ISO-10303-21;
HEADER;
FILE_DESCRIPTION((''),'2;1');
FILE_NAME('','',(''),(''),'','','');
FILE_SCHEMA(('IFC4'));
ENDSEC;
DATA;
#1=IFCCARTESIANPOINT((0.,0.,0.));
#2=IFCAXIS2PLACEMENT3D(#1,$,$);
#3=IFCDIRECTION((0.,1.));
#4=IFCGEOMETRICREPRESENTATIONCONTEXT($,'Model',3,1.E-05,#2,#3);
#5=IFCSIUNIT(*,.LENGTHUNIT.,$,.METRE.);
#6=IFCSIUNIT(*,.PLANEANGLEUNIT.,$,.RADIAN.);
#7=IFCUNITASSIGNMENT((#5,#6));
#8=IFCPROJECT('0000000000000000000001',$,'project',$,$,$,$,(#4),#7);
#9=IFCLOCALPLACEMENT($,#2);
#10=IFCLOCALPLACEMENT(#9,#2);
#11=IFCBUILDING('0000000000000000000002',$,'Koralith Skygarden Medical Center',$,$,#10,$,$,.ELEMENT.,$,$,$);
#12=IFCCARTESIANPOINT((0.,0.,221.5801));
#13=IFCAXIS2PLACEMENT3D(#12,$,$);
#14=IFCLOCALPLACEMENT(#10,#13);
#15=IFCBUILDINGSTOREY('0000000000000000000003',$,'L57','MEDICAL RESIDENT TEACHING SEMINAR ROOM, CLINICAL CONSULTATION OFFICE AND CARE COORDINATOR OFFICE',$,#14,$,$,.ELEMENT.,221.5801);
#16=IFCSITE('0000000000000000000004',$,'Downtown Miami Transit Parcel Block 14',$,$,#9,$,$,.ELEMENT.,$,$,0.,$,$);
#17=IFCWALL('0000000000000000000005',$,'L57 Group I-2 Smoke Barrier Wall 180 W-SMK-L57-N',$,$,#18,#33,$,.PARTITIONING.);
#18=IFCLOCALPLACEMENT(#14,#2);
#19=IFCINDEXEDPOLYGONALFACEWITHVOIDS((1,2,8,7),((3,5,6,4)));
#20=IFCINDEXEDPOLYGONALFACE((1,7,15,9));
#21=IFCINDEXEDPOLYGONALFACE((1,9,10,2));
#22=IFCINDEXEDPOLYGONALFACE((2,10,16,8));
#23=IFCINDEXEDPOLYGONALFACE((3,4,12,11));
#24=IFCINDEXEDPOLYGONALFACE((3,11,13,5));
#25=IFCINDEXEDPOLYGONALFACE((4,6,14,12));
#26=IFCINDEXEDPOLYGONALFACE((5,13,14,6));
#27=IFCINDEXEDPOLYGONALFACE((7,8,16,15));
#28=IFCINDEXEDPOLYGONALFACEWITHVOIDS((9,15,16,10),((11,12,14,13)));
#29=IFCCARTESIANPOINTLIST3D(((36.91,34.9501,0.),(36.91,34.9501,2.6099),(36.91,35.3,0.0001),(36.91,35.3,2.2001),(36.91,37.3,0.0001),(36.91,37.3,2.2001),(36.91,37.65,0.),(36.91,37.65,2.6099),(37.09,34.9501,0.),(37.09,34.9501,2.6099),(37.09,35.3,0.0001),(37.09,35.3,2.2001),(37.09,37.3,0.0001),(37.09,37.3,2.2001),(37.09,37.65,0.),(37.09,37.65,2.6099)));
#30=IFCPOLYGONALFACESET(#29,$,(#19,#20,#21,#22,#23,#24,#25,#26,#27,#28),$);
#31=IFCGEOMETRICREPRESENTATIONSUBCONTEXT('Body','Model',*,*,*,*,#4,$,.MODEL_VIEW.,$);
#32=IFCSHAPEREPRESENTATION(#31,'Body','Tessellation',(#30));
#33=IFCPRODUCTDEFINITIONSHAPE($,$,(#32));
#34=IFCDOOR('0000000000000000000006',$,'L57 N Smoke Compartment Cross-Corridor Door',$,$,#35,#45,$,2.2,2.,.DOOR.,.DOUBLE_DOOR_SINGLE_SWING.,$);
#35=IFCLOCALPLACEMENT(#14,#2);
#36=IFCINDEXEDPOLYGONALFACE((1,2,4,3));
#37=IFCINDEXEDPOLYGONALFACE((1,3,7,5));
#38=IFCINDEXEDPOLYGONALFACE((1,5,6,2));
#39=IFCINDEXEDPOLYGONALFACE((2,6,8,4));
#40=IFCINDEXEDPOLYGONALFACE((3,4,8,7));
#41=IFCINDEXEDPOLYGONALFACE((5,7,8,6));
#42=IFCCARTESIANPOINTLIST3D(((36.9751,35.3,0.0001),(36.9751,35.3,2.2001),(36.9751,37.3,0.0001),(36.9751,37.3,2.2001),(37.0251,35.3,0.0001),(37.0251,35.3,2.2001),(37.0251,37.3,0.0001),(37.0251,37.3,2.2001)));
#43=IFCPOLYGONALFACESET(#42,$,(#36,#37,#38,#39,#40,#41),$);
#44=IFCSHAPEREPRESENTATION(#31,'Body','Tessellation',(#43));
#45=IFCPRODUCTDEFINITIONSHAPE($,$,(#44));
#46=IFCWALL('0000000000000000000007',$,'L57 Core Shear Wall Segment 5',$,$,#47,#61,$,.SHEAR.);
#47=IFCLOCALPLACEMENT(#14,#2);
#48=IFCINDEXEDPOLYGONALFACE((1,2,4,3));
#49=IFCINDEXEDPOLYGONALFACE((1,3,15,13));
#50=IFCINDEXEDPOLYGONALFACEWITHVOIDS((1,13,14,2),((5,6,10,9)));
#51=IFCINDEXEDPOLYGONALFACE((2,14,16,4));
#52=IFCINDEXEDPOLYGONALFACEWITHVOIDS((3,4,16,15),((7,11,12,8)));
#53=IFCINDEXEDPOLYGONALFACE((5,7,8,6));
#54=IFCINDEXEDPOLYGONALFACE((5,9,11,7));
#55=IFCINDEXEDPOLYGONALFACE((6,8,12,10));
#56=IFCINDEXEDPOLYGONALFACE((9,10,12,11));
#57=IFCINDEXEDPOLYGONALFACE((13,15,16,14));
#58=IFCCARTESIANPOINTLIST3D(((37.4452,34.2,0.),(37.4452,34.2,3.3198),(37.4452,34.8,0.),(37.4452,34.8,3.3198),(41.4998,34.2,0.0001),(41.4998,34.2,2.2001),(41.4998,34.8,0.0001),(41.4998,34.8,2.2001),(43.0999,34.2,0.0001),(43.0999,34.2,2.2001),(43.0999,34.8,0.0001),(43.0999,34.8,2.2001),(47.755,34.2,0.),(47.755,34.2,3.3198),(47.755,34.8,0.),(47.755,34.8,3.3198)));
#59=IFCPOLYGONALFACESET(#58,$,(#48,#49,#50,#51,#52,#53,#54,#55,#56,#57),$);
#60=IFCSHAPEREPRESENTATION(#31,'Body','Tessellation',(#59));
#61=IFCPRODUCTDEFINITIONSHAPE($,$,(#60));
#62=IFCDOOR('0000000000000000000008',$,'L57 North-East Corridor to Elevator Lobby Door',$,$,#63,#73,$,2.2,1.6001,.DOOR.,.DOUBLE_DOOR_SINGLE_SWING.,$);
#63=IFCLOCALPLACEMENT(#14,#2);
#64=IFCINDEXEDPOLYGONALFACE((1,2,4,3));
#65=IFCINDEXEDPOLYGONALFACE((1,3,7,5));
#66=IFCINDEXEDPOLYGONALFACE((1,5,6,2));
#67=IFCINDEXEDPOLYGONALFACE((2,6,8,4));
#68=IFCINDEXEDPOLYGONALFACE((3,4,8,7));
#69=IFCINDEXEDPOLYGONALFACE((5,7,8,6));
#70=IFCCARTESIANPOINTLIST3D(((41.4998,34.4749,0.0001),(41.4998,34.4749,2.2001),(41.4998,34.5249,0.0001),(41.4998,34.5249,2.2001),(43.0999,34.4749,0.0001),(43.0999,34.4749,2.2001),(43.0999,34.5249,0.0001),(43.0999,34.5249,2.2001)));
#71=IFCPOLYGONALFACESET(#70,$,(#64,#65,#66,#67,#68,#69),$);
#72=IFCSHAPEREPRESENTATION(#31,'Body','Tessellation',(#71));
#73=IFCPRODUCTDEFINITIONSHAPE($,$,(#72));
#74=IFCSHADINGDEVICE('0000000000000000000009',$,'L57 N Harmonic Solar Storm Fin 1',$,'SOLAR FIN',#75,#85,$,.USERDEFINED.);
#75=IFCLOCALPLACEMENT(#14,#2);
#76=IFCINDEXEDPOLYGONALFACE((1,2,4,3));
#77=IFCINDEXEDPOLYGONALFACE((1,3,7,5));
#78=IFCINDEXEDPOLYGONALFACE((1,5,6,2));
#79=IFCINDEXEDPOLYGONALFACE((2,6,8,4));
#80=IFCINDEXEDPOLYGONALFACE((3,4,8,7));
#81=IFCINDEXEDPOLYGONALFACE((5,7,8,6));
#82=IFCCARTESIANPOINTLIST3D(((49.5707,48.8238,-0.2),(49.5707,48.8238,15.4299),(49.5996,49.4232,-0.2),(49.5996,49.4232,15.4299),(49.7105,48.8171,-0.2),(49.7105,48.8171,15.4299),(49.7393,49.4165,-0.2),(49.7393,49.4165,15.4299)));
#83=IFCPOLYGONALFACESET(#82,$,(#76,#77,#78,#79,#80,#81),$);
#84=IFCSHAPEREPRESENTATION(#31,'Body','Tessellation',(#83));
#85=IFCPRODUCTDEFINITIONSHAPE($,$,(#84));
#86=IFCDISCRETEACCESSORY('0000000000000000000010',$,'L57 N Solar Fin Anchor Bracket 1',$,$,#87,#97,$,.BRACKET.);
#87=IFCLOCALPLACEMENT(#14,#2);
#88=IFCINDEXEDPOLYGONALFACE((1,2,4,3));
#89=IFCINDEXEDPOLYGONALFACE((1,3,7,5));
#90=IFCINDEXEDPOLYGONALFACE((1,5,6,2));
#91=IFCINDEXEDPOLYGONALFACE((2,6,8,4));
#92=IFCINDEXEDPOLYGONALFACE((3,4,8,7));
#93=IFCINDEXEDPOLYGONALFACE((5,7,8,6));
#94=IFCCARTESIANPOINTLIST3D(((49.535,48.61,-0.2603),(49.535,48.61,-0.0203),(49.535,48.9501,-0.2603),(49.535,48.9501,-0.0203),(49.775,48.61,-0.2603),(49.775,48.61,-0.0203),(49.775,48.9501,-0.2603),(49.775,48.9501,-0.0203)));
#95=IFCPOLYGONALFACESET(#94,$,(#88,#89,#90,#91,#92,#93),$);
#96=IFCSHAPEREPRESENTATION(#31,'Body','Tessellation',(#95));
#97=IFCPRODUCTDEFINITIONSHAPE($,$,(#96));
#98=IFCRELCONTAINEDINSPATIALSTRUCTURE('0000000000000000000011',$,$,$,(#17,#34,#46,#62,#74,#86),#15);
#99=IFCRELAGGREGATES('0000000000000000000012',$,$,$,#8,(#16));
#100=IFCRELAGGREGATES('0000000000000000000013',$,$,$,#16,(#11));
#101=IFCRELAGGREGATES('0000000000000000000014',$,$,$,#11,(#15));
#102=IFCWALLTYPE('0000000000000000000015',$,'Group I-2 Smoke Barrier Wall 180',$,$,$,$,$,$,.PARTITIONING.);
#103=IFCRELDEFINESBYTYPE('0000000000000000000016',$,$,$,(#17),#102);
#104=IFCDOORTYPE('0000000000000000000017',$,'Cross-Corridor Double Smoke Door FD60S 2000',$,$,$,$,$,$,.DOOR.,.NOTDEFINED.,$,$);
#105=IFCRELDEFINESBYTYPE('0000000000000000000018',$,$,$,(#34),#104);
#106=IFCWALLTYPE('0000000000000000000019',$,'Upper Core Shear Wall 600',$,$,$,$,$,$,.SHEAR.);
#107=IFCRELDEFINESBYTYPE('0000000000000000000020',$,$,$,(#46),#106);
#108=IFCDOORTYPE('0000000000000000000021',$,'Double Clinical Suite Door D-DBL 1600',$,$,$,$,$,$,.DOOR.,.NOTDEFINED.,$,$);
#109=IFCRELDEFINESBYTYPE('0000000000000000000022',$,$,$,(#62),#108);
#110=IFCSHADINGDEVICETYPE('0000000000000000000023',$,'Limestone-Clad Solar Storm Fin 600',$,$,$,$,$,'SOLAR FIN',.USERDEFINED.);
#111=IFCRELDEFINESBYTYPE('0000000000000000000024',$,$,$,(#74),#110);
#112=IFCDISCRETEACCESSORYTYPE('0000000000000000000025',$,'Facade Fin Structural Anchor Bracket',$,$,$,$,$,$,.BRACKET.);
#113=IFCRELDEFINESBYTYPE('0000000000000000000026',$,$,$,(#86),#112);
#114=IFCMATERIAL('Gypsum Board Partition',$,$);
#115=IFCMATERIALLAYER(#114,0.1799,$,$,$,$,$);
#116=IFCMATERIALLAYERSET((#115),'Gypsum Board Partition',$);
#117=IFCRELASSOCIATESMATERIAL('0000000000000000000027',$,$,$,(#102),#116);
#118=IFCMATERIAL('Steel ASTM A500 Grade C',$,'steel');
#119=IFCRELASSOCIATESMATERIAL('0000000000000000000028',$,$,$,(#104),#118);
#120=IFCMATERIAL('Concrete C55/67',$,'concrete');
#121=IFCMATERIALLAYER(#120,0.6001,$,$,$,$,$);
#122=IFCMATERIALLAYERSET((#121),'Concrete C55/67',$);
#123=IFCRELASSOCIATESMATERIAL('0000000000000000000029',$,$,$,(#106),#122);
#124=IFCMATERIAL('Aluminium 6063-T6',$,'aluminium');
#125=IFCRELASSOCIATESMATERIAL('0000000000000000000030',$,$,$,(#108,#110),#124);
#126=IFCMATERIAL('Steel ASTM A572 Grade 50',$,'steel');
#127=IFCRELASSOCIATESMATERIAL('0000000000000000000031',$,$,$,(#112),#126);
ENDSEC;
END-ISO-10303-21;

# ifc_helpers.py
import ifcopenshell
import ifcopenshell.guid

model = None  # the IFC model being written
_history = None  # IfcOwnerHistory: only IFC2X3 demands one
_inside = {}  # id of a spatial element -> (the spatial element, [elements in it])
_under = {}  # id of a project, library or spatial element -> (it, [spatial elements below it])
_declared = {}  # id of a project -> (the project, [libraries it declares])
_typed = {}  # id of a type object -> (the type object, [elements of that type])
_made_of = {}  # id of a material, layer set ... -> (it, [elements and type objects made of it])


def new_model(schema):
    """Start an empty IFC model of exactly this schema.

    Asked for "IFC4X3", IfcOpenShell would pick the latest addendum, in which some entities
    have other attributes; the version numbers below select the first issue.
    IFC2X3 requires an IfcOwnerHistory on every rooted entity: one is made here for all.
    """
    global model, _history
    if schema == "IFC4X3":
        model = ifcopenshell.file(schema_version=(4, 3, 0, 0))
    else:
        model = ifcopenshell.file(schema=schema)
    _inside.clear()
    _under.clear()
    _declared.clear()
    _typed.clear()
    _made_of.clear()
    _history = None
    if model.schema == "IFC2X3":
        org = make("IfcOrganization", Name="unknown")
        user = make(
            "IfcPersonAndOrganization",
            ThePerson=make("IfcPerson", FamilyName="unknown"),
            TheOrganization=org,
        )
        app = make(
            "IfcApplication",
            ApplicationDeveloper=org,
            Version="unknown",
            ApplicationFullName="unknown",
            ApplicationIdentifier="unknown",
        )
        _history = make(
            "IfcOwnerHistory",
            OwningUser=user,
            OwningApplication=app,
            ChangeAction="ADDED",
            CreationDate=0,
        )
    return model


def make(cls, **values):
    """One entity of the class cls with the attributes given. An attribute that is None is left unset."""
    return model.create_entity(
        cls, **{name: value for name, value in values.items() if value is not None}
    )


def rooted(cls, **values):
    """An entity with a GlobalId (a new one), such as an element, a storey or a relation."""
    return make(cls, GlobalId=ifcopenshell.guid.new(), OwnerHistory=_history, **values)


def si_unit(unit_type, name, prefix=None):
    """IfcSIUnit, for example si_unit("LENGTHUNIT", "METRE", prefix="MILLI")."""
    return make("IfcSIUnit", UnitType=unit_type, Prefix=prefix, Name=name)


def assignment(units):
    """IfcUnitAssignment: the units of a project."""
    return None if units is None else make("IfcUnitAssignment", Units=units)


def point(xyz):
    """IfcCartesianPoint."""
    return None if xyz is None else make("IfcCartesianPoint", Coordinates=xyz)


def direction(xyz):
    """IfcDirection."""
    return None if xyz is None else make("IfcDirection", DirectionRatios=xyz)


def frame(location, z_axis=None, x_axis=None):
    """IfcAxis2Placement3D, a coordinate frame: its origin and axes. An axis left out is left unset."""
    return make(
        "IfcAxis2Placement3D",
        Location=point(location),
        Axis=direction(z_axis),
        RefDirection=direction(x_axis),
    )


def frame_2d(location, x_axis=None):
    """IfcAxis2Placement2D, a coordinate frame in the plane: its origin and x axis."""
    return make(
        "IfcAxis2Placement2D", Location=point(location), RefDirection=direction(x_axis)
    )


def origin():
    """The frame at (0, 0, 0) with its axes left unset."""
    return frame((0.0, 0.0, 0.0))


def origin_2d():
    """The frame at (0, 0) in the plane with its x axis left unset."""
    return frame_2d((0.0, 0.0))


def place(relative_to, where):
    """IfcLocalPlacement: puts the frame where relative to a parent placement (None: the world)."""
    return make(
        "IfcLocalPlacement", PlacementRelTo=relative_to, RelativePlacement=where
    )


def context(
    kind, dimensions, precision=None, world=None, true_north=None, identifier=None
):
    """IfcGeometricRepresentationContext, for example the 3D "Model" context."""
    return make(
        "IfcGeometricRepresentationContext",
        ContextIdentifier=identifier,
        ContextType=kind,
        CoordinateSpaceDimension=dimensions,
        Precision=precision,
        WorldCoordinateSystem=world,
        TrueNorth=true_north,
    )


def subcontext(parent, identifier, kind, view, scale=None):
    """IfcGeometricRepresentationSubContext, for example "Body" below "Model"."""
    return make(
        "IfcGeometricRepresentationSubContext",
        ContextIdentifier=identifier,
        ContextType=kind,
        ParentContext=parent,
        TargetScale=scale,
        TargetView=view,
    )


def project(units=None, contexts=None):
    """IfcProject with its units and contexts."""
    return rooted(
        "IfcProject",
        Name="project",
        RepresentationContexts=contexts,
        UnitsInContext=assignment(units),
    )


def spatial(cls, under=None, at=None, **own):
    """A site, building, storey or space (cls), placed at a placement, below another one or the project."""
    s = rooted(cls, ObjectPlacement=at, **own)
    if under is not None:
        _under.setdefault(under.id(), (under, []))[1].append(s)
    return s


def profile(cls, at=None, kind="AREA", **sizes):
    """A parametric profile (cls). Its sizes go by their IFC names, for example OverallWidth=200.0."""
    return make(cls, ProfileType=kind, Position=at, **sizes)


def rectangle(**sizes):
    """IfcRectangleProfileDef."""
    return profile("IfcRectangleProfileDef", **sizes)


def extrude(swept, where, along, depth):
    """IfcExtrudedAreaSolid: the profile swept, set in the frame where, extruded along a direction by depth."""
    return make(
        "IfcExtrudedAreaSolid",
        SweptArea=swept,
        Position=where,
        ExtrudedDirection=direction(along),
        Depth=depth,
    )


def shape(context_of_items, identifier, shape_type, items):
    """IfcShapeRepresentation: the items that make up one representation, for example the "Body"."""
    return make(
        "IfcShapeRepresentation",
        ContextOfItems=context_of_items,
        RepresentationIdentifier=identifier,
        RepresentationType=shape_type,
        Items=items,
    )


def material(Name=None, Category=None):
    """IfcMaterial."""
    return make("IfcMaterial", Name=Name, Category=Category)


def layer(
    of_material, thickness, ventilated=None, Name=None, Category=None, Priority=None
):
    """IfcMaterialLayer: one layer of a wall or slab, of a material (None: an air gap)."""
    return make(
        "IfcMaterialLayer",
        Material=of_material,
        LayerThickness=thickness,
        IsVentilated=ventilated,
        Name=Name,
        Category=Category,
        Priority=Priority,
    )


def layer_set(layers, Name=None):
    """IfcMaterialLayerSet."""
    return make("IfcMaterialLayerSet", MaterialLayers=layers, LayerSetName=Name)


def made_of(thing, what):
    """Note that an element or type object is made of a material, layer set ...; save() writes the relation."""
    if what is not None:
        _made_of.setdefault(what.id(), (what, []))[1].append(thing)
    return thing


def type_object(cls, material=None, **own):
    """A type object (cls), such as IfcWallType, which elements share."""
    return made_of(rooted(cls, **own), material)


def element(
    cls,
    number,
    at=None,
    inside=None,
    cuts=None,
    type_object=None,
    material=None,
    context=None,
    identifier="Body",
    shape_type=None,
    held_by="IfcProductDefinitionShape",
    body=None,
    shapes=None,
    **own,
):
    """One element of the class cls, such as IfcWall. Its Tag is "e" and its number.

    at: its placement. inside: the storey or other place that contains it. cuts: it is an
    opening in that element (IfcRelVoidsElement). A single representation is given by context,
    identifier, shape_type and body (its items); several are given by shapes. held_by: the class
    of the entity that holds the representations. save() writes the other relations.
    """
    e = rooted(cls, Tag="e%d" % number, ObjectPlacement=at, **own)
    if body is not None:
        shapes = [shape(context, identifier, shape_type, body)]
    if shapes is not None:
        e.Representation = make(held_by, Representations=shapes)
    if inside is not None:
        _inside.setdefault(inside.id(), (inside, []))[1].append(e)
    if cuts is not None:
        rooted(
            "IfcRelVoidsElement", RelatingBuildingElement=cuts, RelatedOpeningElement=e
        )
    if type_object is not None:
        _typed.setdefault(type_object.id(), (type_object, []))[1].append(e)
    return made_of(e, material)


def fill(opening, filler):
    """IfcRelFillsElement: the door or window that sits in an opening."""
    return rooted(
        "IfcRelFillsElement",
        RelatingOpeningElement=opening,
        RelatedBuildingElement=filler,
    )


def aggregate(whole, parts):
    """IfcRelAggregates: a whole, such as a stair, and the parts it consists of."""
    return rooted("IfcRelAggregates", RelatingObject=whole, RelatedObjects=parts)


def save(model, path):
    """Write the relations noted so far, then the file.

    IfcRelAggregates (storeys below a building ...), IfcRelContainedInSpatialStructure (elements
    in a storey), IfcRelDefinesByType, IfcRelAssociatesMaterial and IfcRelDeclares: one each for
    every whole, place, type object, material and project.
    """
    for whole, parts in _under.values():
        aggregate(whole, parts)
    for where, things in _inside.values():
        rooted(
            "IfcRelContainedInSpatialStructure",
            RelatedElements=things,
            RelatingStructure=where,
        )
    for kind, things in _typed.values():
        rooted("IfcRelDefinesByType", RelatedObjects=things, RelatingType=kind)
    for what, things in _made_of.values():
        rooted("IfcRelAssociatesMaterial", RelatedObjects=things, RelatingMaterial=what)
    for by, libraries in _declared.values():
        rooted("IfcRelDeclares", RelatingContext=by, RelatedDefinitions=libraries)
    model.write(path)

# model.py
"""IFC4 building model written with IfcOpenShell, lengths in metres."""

from ifc_helpers import new_model, si_unit, direction, frame, frame_2d, origin, origin_2d, place, context, subcontext, project, spatial, rectangle, extrude, material, layer, layer_set, type_object, element, fill, save


model = new_model("IFC4")

# Units and contexts
model_context = context("Model", 3, precision=1e-05, world=origin(), true_north=direction((0.0, 1.0)))
body_context = subcontext(model_context, "Body", "Model", "MODEL_VIEW")
ifc_project = project(units=[si_unit("LENGTHUNIT", "METRE"), si_unit("PLANEANGLEUNIT", "RADIAN")], contexts=[model_context])

# Site, building, storey
site_placement = place(None, origin())
site = spatial("IfcSite", under=ifc_project, at=site_placement, Name="Downtown Miami Transit Parcel Block 14", CompositionType="ELEMENT", RefElevation=0.0)
building_placement = place(site_placement, origin())
building = spatial("IfcBuilding", under=site, at=building_placement, Name="Koralith Skygarden Medical Center", CompositionType="ELEMENT")
storey_placement = place(building_placement, frame((0.0, 0.0, 221.5801)))
storey = spatial("IfcBuildingStorey", under=building, at=storey_placement, Name="L57", Description="MEDICAL RESIDENT TEACHING SEMINAR ROOM, CLINICAL CONSULTATION OFFICE AND CARE COORDINATOR OFFICE", CompositionType="ELEMENT", Elevation=221.5801)

# Shared definitions
ifc_material_1 = material(Name="Concrete C55/67", Category="concrete")

# Shared definitions
ifc_material_2 = material(Name="Aluminium 6063-T6", Category="aluminium")

# Shared definitions
ifc_material_3 = material(Name="Gypsum Board Partition")

# Walls, openings, doors
ifc_layer_1 = layer(ifc_material_3, 0.1799)
ifc_layer_set_1 = layer_set([ifc_layer_1], Name="Gypsum Board Partition")
wall_type_1 = type_object("IfcWallType", Name="Group I-2 Smoke Barrier Wall 180", PredefinedType="PARTITIONING", material=ifc_layer_set_1)
wall_1_placement = place(storey_placement, frame((37.0, 34.95, 0.0), z_axis=(0.0, 0.0, 1.0), x_axis=(0.0, 1.0, 0.0)))
wall_1 = element("IfcWall", 1, at=wall_1_placement, inside=storey, type_object=wall_type_1, Name="L57 Group I-2 Smoke Barrier Wall 180 W-SMK-L57-N", PredefinedType="PARTITIONING", context=body_context, shape_type="SweptSolid", body=[
    extrude(rectangle(XDim=2.7, YDim=0.1799, at=frame_2d((1.3501, 0.0))), origin(), (0.0, 0.0, 1.0), 2.6099),
])
opening_1_placement = place(wall_1_placement, frame((0.3501, 0.0, 0.0)))
opening_1 = element("IfcOpeningElement", 2, at=opening_1_placement, cuts=wall_1, PredefinedType="OPENING", context=body_context, shape_type="SweptSolid", body=[
    extrude(rectangle(XDim=2.0, YDim=2.2, at=frame_2d((1.0, 1.1001))), frame((0.0, 0.0999, 0.0), z_axis=(0.0, -1.0, 0.0), x_axis=(1.0, 0.0, 0.0)), (0.0, 0.0, 1.0), 0.2),
])
ifc_material_4 = material(Name="Steel ASTM A500 Grade C", Category="steel")
door_type_1 = type_object("IfcDoorType", Name="Cross-Corridor Double Smoke Door FD60S 2000", OperationType="NOTDEFINED", PredefinedType="DOOR", material=ifc_material_4)
door_1_placement = place(opening_1_placement, origin())
door_1 = element("IfcDoor", 3, at=door_1_placement, inside=storey, type_object=door_type_1, Name="L57 N Smoke Compartment Cross-Corridor Door", OperationType="DOUBLE_DOOR_SINGLE_SWING", OverallHeight=2.2, OverallWidth=2.0, PredefinedType="DOOR", context=body_context, shape_type="SweptSolid", body=[
    extrude(rectangle(XDim=2.0, YDim=2.2, at=frame_2d((1.0, 1.1001))), frame((0.0, 0.0249, 0.0), z_axis=(0.0, -1.0, 0.0), x_axis=(1.0, 0.0, 0.0)), (0.0, 0.0, 1.0), 0.05),
])
fill(opening_1, door_1)
ifc_layer_2 = layer(ifc_material_1, 0.6001)
ifc_layer_set_2 = layer_set([ifc_layer_2], Name="Concrete C55/67")
wall_type_2 = type_object("IfcWallType", Name="Upper Core Shear Wall 600", PredefinedType="SHEAR", material=ifc_layer_set_2)
wall_2_placement = place(storey_placement, frame((47.7549, 34.5, 0.0), z_axis=(0.0, 0.0, 1.0), x_axis=(-1.0, 0.0, 0.0)))
wall_2 = element("IfcWall", 4, at=wall_2_placement, inside=storey, type_object=wall_type_2, Name="L57 Core Shear Wall Segment 5", PredefinedType="SHEAR", context=body_context, shape_type="SweptSolid", body=[
    extrude(rectangle(XDim=10.3098, YDim=0.6001, at=frame_2d((5.1548, 0.0))), origin(), (0.0, 0.0, 1.0), 3.3198),
])
opening_2_placement = place(wall_2_placement, frame((4.655, 0.0, 0.0)))
opening_2 = element("IfcOpeningElement", 5, at=opening_2_placement, cuts=wall_2, PredefinedType="OPENING", context=body_context, shape_type="SweptSolid", body=[
    extrude(rectangle(XDim=1.6001, YDim=2.2, at=frame_2d((0.8, 1.1001))), frame((0.0, 0.3101, 0.0), z_axis=(0.0, -1.0, 0.0), x_axis=(1.0, 0.0, 0.0)), (0.0, 0.0, 1.0), 0.6201),
])
door_type_2 = type_object("IfcDoorType", Name="Double Clinical Suite Door D-DBL 1600", OperationType="NOTDEFINED", PredefinedType="DOOR", material=ifc_material_2)
door_2_placement = place(opening_2_placement, frame((1.6001, 0.0, 0.0), z_axis=(0.0, 0.0, 1.0), x_axis=(-1.0, 0.0, 0.0)))
door_2 = element("IfcDoor", 6, at=door_2_placement, inside=storey, type_object=door_type_2, Name="L57 North-East Corridor to Elevator Lobby Door", OperationType="DOUBLE_DOOR_SINGLE_SWING", OverallHeight=2.2, OverallWidth=1.6001, PredefinedType="DOOR", context=body_context, shape_type="SweptSolid", body=[
    extrude(rectangle(XDim=1.6001, YDim=2.2, at=frame_2d((0.8, 1.1001))), frame((0.0, 0.0249, 0.0), z_axis=(0.0, -1.0, 0.0), x_axis=(1.0, 0.0, 0.0)), (0.0, 0.0, 1.0), 0.05),
])
fill(opening_2, door_2)

# Shading device
shading_device_type = type_object("IfcShadingDeviceType", Name="Limestone-Clad Solar Storm Fin 600", ElementType="SOLAR FIN", PredefinedType="USERDEFINED", material=ifc_material_2)
shading_device_placement = place(storey_placement, frame((49.655, 49.1201, -0.2), z_axis=(0.0, 0.0, 1.0), x_axis=(0.048083, 0.998843, 0.0)))
element("IfcShadingDevice", 7, at=shading_device_placement, inside=storey, type_object=shading_device_type, Name="L57 N Harmonic Solar Storm Fin 1", ObjectType="SOLAR FIN", PredefinedType="USERDEFINED", context=body_context, shape_type="SweptSolid", body=[
    extrude(rectangle(XDim=0.6001, YDim=0.1399, at=origin_2d()), origin(), (0.0, 0.0, 1.0), 15.6299),
])

# Discrete accessory
ifc_material_5 = material(Name="Steel ASTM A572 Grade 50", Category="steel")
discrete_accessory_type = type_object("IfcDiscreteAccessoryType", Name="Facade Fin Structural Anchor Bracket", PredefinedType="BRACKET", material=ifc_material_5)
discrete_accessory_placement = place(storey_placement, frame((49.655, 48.78, -0.2603), z_axis=(0.0, 0.0, 1.0), x_axis=(0.0, 1.0, 0.0)))
element("IfcDiscreteAccessory", 8, at=discrete_accessory_placement, inside=storey, type_object=discrete_accessory_type, Name="L57 N Solar Fin Anchor Bracket 1", PredefinedType="BRACKET", context=body_context, shape_type="SweptSolid", body=[
    extrude(rectangle(XDim=0.3401, YDim=0.24, at=origin_2d()), origin(), (0.0, 0.0, 1.0), 0.24),
])

save(model, "model.ifc")
